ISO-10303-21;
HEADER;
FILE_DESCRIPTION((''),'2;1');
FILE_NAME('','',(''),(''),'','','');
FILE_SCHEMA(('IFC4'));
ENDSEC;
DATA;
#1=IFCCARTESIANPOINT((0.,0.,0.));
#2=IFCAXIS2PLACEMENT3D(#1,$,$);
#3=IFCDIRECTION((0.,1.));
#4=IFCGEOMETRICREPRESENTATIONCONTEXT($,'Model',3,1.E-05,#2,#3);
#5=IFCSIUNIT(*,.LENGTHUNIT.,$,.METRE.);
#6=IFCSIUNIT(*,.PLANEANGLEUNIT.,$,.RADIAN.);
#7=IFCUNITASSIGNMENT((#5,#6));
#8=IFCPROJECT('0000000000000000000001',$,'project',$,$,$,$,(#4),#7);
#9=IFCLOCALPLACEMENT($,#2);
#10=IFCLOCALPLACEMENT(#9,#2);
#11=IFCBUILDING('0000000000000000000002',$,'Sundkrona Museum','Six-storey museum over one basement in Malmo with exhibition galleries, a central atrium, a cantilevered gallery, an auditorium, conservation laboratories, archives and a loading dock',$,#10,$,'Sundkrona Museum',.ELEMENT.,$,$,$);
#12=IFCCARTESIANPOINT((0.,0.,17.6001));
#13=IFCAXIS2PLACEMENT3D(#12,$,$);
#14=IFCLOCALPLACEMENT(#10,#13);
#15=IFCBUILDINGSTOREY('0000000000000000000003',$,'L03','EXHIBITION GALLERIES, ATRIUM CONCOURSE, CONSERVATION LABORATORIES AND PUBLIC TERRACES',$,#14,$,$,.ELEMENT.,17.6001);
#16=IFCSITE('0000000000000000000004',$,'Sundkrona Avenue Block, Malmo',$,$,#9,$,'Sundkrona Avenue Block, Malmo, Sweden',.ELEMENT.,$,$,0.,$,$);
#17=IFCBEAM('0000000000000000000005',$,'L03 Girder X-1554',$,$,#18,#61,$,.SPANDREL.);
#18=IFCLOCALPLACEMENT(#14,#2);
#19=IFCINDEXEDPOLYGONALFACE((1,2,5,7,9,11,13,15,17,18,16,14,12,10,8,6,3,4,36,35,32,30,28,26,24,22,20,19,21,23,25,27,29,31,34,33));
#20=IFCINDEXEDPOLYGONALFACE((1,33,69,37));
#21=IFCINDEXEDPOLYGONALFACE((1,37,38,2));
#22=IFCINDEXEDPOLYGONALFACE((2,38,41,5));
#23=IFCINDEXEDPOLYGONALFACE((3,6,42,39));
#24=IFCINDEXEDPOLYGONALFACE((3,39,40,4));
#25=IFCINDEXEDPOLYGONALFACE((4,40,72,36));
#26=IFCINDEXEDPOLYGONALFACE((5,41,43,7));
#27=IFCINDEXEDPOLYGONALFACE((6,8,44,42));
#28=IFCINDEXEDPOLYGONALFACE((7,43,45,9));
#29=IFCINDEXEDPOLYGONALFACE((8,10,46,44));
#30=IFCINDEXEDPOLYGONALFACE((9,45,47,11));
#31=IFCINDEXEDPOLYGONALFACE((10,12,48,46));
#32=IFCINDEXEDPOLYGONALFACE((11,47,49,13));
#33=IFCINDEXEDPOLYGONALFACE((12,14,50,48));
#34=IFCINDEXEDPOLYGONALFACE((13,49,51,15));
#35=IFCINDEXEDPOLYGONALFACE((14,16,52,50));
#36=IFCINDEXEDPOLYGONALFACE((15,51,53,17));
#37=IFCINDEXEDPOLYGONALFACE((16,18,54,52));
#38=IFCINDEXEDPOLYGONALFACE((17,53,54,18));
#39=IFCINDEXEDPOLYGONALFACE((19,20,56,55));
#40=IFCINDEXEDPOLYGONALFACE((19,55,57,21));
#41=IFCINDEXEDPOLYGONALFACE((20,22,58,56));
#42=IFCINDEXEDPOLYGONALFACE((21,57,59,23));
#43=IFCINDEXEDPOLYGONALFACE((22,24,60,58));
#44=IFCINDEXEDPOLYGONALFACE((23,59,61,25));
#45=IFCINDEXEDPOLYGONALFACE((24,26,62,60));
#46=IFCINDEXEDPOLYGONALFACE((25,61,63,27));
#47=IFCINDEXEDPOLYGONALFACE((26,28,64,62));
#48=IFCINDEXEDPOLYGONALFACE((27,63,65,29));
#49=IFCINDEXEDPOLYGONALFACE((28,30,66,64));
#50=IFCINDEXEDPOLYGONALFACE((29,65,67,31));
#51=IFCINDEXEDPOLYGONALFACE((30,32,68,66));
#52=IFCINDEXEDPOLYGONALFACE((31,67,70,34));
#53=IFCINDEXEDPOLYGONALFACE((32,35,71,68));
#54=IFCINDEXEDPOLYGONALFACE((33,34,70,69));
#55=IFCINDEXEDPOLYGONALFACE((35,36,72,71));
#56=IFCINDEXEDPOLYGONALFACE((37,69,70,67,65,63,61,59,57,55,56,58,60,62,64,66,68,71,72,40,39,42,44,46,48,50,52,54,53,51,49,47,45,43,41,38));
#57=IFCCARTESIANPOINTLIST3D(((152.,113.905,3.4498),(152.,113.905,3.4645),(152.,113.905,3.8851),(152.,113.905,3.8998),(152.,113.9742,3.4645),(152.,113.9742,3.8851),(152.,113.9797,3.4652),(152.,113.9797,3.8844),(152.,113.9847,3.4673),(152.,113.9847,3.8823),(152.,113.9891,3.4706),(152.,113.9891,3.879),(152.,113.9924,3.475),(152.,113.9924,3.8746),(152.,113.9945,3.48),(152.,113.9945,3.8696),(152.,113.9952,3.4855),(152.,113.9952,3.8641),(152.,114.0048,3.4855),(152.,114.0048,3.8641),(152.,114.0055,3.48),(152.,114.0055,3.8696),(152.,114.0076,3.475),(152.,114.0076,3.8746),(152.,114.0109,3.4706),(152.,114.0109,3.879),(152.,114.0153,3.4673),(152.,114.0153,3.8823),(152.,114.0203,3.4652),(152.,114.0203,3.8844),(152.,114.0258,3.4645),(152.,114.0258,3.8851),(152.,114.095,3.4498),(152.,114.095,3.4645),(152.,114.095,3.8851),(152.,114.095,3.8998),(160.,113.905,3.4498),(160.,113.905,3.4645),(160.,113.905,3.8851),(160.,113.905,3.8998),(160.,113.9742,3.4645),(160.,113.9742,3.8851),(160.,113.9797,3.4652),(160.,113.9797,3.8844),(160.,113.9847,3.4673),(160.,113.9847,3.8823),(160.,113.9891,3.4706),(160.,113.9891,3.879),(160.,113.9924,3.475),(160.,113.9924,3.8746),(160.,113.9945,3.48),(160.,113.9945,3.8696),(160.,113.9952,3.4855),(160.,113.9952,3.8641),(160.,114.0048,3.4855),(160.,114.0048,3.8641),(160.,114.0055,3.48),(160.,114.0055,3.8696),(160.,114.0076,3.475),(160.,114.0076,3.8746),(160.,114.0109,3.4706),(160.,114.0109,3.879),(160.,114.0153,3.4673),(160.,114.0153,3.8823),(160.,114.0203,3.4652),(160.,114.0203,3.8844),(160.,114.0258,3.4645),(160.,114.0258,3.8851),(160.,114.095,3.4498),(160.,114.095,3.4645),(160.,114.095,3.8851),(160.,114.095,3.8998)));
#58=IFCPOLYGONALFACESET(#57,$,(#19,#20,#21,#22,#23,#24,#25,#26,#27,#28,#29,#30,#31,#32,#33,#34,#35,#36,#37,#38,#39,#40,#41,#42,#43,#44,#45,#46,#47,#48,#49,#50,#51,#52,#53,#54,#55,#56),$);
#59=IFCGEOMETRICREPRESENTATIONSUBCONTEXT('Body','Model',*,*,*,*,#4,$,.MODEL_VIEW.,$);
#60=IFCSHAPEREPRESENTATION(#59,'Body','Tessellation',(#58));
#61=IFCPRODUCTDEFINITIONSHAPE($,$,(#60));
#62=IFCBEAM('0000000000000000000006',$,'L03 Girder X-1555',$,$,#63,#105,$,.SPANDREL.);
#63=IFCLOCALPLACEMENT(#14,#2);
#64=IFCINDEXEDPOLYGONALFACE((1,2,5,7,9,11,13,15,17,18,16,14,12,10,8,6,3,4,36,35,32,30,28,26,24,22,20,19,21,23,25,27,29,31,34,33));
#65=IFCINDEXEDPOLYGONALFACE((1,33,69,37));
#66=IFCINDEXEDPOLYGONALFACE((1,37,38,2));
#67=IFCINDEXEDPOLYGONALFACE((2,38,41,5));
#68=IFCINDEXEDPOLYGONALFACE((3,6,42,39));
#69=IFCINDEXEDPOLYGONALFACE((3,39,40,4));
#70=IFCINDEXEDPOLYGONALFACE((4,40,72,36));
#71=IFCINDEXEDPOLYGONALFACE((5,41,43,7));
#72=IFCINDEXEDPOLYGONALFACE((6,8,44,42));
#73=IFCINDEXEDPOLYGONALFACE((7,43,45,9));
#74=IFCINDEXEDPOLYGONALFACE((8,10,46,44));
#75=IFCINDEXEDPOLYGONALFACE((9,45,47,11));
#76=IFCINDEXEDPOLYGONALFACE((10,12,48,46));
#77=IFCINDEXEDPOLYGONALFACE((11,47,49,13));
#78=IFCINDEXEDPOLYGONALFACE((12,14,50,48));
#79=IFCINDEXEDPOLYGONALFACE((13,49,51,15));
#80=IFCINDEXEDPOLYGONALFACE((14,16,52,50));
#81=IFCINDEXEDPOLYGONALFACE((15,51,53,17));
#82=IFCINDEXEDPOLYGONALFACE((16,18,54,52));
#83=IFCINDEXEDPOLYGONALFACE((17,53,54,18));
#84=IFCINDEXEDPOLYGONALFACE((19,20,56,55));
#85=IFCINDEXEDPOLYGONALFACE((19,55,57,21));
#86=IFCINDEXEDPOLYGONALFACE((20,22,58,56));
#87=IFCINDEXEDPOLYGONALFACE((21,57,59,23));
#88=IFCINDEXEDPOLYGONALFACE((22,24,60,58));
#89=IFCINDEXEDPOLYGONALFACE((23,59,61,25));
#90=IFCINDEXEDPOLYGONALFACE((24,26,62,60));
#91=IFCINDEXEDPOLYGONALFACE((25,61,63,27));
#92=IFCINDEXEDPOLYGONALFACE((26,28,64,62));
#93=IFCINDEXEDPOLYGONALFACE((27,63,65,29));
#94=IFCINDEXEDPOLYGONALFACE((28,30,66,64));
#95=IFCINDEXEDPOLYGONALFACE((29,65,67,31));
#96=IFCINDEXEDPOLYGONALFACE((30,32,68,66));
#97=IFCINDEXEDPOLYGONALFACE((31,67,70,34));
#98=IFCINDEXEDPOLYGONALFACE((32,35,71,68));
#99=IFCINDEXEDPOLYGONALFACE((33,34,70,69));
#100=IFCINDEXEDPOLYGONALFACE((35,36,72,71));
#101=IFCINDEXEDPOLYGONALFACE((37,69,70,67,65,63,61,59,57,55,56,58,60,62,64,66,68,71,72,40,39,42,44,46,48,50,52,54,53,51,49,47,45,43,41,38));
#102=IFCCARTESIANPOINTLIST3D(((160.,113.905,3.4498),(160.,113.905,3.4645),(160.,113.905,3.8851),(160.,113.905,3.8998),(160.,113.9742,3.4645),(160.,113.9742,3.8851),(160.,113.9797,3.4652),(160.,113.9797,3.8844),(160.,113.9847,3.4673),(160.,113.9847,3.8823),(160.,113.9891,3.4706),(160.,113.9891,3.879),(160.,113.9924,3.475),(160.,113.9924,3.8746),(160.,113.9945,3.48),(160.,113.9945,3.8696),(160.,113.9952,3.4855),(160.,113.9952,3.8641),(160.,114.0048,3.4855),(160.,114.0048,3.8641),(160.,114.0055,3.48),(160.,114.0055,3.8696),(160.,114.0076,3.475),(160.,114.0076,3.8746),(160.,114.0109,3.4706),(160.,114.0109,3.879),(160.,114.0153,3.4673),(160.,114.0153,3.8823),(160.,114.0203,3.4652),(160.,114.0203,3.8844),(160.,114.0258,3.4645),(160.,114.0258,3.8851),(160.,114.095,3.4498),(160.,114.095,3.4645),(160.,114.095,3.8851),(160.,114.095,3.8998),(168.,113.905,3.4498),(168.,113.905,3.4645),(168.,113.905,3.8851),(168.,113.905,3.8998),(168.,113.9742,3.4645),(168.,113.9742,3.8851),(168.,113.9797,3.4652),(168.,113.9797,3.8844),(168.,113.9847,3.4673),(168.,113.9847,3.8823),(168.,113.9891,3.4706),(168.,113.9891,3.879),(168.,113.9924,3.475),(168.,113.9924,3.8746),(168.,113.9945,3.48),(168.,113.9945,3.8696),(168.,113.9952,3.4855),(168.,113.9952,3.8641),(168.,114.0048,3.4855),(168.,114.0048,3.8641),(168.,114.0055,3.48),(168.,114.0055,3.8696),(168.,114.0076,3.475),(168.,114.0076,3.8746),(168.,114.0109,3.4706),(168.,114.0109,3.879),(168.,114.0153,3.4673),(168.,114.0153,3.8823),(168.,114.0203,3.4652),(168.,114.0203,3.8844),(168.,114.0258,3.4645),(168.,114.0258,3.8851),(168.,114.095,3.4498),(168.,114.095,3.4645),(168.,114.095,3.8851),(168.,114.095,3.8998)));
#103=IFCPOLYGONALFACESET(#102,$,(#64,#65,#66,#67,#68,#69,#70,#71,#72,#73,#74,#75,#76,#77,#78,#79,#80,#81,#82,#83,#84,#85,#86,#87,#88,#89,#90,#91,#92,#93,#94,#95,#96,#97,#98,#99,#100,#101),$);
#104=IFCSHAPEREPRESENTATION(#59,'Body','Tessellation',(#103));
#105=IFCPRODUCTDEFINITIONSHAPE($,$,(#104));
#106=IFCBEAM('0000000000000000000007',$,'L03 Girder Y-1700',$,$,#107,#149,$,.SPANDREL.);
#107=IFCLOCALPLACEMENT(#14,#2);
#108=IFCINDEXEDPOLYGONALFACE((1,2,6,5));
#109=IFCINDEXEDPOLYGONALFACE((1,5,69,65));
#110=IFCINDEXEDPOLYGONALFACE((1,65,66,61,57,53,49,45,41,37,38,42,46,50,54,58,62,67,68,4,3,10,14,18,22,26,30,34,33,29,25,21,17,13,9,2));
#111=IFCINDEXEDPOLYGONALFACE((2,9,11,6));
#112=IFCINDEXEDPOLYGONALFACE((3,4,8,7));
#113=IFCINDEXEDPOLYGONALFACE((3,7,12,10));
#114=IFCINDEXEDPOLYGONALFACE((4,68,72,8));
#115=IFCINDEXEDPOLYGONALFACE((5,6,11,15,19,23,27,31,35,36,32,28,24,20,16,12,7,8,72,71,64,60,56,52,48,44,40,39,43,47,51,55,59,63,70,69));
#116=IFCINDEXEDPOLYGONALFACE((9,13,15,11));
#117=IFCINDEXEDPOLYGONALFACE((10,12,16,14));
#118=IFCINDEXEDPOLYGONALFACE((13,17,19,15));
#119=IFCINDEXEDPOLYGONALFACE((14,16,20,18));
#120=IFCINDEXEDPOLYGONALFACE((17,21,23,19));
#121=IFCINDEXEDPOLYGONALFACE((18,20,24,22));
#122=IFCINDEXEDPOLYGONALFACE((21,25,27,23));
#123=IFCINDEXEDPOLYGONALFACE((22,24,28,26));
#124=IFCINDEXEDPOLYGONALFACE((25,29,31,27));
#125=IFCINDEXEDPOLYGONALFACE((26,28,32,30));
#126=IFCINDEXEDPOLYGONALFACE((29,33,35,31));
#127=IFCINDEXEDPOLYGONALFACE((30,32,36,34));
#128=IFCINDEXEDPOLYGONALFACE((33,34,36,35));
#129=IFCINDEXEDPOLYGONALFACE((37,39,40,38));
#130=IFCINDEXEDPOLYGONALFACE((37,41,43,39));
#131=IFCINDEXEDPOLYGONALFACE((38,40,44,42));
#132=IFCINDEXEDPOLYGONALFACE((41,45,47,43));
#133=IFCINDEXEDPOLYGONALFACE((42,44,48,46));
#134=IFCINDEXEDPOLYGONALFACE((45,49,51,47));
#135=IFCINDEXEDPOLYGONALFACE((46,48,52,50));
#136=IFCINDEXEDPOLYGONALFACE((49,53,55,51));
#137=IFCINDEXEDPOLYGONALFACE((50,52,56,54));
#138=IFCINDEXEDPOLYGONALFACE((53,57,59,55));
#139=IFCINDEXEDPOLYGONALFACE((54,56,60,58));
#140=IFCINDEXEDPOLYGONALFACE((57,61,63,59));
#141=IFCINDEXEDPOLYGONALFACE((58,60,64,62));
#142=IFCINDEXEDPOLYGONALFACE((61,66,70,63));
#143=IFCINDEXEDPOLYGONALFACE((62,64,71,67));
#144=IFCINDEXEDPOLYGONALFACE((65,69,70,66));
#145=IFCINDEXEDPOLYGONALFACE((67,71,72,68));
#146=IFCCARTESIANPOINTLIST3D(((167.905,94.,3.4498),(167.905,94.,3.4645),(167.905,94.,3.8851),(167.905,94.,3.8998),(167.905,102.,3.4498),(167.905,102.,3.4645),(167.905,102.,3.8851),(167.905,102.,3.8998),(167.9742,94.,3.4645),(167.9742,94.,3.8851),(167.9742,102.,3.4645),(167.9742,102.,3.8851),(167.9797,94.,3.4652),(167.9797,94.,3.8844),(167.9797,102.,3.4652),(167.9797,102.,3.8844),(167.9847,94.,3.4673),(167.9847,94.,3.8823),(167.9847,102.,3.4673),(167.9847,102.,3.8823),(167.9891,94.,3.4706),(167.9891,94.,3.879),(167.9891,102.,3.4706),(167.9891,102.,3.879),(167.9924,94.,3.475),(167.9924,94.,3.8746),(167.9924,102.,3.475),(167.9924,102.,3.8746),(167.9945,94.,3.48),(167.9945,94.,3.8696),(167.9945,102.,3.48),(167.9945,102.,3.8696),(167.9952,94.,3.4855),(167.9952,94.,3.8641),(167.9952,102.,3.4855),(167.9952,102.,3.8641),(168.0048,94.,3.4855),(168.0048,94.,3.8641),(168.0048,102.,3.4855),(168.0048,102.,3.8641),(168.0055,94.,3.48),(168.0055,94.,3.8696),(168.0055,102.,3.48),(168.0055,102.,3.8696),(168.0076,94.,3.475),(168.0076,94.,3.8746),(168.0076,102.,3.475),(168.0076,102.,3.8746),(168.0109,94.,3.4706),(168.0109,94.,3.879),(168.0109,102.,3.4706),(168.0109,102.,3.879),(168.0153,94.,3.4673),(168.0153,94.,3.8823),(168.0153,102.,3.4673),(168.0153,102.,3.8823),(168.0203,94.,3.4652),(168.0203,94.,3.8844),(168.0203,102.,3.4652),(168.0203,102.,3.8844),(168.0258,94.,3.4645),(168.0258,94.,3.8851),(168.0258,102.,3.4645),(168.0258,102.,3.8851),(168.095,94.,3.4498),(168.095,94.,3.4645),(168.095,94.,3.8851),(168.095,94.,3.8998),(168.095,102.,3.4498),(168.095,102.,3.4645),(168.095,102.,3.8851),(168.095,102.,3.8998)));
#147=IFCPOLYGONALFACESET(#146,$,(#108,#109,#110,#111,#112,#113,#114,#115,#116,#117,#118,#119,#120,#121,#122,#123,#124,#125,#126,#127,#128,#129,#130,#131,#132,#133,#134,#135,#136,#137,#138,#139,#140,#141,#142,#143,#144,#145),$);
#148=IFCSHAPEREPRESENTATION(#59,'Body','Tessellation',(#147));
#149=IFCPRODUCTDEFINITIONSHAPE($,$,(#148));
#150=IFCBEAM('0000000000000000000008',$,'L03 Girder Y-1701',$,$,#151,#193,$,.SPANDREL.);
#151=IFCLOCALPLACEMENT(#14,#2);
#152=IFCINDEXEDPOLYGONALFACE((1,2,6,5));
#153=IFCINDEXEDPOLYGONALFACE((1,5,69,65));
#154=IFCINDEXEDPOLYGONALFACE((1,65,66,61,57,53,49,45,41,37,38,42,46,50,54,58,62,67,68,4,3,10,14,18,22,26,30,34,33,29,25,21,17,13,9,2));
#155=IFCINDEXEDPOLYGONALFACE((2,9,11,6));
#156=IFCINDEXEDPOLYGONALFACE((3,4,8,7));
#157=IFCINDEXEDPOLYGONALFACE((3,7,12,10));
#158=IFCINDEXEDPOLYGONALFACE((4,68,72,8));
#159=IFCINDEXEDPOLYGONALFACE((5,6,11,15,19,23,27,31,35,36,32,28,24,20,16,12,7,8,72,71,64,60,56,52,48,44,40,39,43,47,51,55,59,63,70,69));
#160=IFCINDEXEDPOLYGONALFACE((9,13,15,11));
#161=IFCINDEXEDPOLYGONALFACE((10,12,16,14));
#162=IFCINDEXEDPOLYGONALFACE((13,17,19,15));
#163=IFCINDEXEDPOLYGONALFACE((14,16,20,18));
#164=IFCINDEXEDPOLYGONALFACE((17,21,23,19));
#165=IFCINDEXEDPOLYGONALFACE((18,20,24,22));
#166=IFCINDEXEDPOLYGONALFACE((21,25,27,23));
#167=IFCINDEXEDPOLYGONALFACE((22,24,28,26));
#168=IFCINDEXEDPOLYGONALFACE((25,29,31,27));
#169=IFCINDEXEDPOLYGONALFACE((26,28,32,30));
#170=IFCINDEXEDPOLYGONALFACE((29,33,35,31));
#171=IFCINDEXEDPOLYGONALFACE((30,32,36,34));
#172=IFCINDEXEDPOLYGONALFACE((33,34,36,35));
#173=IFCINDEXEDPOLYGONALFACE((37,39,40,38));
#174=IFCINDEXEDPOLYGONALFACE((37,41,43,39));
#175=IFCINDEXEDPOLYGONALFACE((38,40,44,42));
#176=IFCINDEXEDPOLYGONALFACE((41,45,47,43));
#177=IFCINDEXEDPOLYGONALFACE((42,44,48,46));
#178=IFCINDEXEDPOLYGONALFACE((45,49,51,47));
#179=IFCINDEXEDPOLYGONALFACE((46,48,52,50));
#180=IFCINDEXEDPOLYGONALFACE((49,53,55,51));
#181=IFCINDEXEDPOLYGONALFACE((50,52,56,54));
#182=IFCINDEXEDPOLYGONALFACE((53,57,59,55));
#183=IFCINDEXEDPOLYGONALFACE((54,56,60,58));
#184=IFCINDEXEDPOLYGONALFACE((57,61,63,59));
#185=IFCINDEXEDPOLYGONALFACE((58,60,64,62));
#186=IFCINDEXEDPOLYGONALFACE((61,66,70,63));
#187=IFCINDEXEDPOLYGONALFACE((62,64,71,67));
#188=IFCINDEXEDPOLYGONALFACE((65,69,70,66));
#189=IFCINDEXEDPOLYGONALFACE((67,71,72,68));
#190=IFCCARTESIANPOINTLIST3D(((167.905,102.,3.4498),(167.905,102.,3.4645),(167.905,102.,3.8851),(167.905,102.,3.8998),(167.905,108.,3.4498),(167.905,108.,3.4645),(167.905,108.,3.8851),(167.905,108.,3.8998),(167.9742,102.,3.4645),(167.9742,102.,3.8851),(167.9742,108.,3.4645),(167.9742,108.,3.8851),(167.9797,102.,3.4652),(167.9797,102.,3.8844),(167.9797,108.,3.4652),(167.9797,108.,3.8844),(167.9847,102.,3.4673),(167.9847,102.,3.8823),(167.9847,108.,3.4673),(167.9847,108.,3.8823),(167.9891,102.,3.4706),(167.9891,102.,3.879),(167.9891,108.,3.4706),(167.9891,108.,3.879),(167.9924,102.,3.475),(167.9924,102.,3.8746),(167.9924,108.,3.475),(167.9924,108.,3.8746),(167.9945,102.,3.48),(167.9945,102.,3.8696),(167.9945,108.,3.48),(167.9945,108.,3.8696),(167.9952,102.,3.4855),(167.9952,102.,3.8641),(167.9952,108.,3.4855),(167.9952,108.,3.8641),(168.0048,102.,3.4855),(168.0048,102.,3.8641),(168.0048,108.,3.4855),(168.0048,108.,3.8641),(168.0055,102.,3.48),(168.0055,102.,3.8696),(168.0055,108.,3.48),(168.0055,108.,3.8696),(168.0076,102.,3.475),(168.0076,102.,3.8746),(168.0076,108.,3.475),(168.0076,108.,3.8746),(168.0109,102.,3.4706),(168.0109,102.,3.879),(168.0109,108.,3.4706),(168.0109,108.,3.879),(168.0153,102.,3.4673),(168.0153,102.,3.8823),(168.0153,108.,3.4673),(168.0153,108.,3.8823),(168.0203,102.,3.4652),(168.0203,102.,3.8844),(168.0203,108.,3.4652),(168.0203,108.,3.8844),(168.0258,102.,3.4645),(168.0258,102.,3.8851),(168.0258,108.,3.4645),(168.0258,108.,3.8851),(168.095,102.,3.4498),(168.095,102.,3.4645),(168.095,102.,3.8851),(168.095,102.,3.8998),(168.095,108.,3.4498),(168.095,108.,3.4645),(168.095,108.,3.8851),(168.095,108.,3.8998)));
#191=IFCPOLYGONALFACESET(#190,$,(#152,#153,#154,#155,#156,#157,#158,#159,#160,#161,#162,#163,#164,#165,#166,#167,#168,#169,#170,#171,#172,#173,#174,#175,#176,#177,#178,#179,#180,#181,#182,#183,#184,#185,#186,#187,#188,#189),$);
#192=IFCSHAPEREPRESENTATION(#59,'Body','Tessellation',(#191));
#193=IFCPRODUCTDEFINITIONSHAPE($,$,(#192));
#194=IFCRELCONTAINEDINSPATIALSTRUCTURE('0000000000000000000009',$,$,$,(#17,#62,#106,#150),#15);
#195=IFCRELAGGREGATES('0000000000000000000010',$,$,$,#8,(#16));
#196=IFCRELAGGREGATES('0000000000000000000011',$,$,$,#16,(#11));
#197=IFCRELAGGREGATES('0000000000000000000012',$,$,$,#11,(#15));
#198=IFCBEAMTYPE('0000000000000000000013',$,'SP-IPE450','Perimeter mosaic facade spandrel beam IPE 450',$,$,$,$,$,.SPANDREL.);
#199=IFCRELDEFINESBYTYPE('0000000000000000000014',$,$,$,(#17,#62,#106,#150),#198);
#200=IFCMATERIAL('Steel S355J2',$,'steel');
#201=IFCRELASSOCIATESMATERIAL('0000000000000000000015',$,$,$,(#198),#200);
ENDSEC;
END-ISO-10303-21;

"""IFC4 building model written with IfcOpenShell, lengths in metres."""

from ifc_helpers import new_model, si_unit, direction, frame, origin, origin_2d, place, context, subcontext, project, spatial, i_section, extrude, material, material_profile, profile_set, type_object, element, save


model = new_model("IFC4")

# Units and contexts
model_context = context("Model", 3, precision=1e-05, world=origin(), true_north=direction((0.0, 1.0)))
body_context = subcontext(model_context, "Body", "Model", "MODEL_VIEW")
ifc_project = project(units=[si_unit("LENGTHUNIT", "METRE"), si_unit("PLANEANGLEUNIT", "RADIAN")], contexts=[model_context])

# Site, building, storey
site_placement = place(None, origin())
site = spatial("IfcSite", under=ifc_project, at=site_placement, Name="Sundkrona Avenue Block, Malmo", LongName="Sundkrona Avenue Block, Malmo, Sweden", CompositionType="ELEMENT", RefElevation=0.0)
building_placement = place(site_placement, origin())
building = spatial("IfcBuilding", under=site, at=building_placement, Name="Sundkrona Museum", Description="Six-storey museum over one basement in Malmo with exhibition galleries, a central atrium, a cantilevered gallery, an auditorium, conservation laboratories, archives and a loading dock", LongName="Sundkrona Museum", CompositionType="ELEMENT")
storey_placement = place(building_placement, frame((0.0, 0.0, 17.6001)))
storey = spatial("IfcBuildingStorey", under=building, at=storey_placement, Name="L03", Description="EXHIBITION GALLERIES, ATRIUM CONCOURSE, CONSERVATION LABORATORIES AND PUBLIC TERRACES", CompositionType="ELEMENT", Elevation=17.6001)

# Shared definitions
ifc_material_1 = material(Name="Steel S355J2", Category="steel")

# Beams
ifc_material_profile_1 = material_profile(ifc_material_1, i_section(OverallWidth=0.1899, OverallDepth=0.45, WebThickness=0.0095, FlangeThickness=0.0146, FilletRadius=0.021, at=origin_2d()), Name="IPE 450")
ifc_profile_set_1 = profile_set([ifc_material_profile_1], Name="Steel S355J2")
beam_type_1 = type_object("IfcBeamType", Name="SP-IPE450", Description="Perimeter mosaic facade spandrel beam IPE 450", PredefinedType="SPANDREL", material=ifc_profile_set_1)
for number, where, z_axis, x_axis, name in (
    (1, (152.0, 114.0, 3.6748), (1.0, 0.0, 0.0), (0.0, 1.0, 0.0), "L03 Girder X-1554"),
    (2, (160.0, 114.0, 3.6748), (1.0, 0.0, 0.0), (0.0, 1.0, 0.0), "L03 Girder X-1555"),
    (3, (168.0, 94.0, 3.6748), (0.0, 1.0, 0.0), (-1.0, 0.0, 0.0), "L03 Girder Y-1700"),
):
    element("IfcBeam", number, at=place(storey_placement, frame(where, z_axis=z_axis, x_axis=x_axis)), inside=storey, type_object=beam_type_1, Name=name, PredefinedType="SPANDREL", context=body_context, shape_type="SweptSolid", body=[
        extrude(i_section(OverallWidth=0.1899, OverallDepth=0.45, WebThickness=0.0095, FlangeThickness=0.0146, FilletRadius=0.021, at=origin_2d()), origin(), (0.0, 0.0, 1.0), 8.0),
    ])
for number, where, z_axis, x_axis, name in (
    (4, (168.0, 102.0, 3.6748), (0.0, 1.0, 0.0), (-1.0, 0.0, 0.0), "L03 Girder Y-1701"),
):
    element("IfcBeam", number, at=place(storey_placement, frame(where, z_axis=z_axis, x_axis=x_axis)), inside=storey, type_object=beam_type_1, Name=name, PredefinedType="SPANDREL", context=body_context, shape_type="SweptSolid", body=[
        extrude(i_section(OverallWidth=0.1899, OverallDepth=0.45, WebThickness=0.0095, FlangeThickness=0.0146, FilletRadius=0.021, at=origin_2d()), origin(), (0.0, 0.0, 1.0), 6.0),
    ])

save(model, "model.ifc")
